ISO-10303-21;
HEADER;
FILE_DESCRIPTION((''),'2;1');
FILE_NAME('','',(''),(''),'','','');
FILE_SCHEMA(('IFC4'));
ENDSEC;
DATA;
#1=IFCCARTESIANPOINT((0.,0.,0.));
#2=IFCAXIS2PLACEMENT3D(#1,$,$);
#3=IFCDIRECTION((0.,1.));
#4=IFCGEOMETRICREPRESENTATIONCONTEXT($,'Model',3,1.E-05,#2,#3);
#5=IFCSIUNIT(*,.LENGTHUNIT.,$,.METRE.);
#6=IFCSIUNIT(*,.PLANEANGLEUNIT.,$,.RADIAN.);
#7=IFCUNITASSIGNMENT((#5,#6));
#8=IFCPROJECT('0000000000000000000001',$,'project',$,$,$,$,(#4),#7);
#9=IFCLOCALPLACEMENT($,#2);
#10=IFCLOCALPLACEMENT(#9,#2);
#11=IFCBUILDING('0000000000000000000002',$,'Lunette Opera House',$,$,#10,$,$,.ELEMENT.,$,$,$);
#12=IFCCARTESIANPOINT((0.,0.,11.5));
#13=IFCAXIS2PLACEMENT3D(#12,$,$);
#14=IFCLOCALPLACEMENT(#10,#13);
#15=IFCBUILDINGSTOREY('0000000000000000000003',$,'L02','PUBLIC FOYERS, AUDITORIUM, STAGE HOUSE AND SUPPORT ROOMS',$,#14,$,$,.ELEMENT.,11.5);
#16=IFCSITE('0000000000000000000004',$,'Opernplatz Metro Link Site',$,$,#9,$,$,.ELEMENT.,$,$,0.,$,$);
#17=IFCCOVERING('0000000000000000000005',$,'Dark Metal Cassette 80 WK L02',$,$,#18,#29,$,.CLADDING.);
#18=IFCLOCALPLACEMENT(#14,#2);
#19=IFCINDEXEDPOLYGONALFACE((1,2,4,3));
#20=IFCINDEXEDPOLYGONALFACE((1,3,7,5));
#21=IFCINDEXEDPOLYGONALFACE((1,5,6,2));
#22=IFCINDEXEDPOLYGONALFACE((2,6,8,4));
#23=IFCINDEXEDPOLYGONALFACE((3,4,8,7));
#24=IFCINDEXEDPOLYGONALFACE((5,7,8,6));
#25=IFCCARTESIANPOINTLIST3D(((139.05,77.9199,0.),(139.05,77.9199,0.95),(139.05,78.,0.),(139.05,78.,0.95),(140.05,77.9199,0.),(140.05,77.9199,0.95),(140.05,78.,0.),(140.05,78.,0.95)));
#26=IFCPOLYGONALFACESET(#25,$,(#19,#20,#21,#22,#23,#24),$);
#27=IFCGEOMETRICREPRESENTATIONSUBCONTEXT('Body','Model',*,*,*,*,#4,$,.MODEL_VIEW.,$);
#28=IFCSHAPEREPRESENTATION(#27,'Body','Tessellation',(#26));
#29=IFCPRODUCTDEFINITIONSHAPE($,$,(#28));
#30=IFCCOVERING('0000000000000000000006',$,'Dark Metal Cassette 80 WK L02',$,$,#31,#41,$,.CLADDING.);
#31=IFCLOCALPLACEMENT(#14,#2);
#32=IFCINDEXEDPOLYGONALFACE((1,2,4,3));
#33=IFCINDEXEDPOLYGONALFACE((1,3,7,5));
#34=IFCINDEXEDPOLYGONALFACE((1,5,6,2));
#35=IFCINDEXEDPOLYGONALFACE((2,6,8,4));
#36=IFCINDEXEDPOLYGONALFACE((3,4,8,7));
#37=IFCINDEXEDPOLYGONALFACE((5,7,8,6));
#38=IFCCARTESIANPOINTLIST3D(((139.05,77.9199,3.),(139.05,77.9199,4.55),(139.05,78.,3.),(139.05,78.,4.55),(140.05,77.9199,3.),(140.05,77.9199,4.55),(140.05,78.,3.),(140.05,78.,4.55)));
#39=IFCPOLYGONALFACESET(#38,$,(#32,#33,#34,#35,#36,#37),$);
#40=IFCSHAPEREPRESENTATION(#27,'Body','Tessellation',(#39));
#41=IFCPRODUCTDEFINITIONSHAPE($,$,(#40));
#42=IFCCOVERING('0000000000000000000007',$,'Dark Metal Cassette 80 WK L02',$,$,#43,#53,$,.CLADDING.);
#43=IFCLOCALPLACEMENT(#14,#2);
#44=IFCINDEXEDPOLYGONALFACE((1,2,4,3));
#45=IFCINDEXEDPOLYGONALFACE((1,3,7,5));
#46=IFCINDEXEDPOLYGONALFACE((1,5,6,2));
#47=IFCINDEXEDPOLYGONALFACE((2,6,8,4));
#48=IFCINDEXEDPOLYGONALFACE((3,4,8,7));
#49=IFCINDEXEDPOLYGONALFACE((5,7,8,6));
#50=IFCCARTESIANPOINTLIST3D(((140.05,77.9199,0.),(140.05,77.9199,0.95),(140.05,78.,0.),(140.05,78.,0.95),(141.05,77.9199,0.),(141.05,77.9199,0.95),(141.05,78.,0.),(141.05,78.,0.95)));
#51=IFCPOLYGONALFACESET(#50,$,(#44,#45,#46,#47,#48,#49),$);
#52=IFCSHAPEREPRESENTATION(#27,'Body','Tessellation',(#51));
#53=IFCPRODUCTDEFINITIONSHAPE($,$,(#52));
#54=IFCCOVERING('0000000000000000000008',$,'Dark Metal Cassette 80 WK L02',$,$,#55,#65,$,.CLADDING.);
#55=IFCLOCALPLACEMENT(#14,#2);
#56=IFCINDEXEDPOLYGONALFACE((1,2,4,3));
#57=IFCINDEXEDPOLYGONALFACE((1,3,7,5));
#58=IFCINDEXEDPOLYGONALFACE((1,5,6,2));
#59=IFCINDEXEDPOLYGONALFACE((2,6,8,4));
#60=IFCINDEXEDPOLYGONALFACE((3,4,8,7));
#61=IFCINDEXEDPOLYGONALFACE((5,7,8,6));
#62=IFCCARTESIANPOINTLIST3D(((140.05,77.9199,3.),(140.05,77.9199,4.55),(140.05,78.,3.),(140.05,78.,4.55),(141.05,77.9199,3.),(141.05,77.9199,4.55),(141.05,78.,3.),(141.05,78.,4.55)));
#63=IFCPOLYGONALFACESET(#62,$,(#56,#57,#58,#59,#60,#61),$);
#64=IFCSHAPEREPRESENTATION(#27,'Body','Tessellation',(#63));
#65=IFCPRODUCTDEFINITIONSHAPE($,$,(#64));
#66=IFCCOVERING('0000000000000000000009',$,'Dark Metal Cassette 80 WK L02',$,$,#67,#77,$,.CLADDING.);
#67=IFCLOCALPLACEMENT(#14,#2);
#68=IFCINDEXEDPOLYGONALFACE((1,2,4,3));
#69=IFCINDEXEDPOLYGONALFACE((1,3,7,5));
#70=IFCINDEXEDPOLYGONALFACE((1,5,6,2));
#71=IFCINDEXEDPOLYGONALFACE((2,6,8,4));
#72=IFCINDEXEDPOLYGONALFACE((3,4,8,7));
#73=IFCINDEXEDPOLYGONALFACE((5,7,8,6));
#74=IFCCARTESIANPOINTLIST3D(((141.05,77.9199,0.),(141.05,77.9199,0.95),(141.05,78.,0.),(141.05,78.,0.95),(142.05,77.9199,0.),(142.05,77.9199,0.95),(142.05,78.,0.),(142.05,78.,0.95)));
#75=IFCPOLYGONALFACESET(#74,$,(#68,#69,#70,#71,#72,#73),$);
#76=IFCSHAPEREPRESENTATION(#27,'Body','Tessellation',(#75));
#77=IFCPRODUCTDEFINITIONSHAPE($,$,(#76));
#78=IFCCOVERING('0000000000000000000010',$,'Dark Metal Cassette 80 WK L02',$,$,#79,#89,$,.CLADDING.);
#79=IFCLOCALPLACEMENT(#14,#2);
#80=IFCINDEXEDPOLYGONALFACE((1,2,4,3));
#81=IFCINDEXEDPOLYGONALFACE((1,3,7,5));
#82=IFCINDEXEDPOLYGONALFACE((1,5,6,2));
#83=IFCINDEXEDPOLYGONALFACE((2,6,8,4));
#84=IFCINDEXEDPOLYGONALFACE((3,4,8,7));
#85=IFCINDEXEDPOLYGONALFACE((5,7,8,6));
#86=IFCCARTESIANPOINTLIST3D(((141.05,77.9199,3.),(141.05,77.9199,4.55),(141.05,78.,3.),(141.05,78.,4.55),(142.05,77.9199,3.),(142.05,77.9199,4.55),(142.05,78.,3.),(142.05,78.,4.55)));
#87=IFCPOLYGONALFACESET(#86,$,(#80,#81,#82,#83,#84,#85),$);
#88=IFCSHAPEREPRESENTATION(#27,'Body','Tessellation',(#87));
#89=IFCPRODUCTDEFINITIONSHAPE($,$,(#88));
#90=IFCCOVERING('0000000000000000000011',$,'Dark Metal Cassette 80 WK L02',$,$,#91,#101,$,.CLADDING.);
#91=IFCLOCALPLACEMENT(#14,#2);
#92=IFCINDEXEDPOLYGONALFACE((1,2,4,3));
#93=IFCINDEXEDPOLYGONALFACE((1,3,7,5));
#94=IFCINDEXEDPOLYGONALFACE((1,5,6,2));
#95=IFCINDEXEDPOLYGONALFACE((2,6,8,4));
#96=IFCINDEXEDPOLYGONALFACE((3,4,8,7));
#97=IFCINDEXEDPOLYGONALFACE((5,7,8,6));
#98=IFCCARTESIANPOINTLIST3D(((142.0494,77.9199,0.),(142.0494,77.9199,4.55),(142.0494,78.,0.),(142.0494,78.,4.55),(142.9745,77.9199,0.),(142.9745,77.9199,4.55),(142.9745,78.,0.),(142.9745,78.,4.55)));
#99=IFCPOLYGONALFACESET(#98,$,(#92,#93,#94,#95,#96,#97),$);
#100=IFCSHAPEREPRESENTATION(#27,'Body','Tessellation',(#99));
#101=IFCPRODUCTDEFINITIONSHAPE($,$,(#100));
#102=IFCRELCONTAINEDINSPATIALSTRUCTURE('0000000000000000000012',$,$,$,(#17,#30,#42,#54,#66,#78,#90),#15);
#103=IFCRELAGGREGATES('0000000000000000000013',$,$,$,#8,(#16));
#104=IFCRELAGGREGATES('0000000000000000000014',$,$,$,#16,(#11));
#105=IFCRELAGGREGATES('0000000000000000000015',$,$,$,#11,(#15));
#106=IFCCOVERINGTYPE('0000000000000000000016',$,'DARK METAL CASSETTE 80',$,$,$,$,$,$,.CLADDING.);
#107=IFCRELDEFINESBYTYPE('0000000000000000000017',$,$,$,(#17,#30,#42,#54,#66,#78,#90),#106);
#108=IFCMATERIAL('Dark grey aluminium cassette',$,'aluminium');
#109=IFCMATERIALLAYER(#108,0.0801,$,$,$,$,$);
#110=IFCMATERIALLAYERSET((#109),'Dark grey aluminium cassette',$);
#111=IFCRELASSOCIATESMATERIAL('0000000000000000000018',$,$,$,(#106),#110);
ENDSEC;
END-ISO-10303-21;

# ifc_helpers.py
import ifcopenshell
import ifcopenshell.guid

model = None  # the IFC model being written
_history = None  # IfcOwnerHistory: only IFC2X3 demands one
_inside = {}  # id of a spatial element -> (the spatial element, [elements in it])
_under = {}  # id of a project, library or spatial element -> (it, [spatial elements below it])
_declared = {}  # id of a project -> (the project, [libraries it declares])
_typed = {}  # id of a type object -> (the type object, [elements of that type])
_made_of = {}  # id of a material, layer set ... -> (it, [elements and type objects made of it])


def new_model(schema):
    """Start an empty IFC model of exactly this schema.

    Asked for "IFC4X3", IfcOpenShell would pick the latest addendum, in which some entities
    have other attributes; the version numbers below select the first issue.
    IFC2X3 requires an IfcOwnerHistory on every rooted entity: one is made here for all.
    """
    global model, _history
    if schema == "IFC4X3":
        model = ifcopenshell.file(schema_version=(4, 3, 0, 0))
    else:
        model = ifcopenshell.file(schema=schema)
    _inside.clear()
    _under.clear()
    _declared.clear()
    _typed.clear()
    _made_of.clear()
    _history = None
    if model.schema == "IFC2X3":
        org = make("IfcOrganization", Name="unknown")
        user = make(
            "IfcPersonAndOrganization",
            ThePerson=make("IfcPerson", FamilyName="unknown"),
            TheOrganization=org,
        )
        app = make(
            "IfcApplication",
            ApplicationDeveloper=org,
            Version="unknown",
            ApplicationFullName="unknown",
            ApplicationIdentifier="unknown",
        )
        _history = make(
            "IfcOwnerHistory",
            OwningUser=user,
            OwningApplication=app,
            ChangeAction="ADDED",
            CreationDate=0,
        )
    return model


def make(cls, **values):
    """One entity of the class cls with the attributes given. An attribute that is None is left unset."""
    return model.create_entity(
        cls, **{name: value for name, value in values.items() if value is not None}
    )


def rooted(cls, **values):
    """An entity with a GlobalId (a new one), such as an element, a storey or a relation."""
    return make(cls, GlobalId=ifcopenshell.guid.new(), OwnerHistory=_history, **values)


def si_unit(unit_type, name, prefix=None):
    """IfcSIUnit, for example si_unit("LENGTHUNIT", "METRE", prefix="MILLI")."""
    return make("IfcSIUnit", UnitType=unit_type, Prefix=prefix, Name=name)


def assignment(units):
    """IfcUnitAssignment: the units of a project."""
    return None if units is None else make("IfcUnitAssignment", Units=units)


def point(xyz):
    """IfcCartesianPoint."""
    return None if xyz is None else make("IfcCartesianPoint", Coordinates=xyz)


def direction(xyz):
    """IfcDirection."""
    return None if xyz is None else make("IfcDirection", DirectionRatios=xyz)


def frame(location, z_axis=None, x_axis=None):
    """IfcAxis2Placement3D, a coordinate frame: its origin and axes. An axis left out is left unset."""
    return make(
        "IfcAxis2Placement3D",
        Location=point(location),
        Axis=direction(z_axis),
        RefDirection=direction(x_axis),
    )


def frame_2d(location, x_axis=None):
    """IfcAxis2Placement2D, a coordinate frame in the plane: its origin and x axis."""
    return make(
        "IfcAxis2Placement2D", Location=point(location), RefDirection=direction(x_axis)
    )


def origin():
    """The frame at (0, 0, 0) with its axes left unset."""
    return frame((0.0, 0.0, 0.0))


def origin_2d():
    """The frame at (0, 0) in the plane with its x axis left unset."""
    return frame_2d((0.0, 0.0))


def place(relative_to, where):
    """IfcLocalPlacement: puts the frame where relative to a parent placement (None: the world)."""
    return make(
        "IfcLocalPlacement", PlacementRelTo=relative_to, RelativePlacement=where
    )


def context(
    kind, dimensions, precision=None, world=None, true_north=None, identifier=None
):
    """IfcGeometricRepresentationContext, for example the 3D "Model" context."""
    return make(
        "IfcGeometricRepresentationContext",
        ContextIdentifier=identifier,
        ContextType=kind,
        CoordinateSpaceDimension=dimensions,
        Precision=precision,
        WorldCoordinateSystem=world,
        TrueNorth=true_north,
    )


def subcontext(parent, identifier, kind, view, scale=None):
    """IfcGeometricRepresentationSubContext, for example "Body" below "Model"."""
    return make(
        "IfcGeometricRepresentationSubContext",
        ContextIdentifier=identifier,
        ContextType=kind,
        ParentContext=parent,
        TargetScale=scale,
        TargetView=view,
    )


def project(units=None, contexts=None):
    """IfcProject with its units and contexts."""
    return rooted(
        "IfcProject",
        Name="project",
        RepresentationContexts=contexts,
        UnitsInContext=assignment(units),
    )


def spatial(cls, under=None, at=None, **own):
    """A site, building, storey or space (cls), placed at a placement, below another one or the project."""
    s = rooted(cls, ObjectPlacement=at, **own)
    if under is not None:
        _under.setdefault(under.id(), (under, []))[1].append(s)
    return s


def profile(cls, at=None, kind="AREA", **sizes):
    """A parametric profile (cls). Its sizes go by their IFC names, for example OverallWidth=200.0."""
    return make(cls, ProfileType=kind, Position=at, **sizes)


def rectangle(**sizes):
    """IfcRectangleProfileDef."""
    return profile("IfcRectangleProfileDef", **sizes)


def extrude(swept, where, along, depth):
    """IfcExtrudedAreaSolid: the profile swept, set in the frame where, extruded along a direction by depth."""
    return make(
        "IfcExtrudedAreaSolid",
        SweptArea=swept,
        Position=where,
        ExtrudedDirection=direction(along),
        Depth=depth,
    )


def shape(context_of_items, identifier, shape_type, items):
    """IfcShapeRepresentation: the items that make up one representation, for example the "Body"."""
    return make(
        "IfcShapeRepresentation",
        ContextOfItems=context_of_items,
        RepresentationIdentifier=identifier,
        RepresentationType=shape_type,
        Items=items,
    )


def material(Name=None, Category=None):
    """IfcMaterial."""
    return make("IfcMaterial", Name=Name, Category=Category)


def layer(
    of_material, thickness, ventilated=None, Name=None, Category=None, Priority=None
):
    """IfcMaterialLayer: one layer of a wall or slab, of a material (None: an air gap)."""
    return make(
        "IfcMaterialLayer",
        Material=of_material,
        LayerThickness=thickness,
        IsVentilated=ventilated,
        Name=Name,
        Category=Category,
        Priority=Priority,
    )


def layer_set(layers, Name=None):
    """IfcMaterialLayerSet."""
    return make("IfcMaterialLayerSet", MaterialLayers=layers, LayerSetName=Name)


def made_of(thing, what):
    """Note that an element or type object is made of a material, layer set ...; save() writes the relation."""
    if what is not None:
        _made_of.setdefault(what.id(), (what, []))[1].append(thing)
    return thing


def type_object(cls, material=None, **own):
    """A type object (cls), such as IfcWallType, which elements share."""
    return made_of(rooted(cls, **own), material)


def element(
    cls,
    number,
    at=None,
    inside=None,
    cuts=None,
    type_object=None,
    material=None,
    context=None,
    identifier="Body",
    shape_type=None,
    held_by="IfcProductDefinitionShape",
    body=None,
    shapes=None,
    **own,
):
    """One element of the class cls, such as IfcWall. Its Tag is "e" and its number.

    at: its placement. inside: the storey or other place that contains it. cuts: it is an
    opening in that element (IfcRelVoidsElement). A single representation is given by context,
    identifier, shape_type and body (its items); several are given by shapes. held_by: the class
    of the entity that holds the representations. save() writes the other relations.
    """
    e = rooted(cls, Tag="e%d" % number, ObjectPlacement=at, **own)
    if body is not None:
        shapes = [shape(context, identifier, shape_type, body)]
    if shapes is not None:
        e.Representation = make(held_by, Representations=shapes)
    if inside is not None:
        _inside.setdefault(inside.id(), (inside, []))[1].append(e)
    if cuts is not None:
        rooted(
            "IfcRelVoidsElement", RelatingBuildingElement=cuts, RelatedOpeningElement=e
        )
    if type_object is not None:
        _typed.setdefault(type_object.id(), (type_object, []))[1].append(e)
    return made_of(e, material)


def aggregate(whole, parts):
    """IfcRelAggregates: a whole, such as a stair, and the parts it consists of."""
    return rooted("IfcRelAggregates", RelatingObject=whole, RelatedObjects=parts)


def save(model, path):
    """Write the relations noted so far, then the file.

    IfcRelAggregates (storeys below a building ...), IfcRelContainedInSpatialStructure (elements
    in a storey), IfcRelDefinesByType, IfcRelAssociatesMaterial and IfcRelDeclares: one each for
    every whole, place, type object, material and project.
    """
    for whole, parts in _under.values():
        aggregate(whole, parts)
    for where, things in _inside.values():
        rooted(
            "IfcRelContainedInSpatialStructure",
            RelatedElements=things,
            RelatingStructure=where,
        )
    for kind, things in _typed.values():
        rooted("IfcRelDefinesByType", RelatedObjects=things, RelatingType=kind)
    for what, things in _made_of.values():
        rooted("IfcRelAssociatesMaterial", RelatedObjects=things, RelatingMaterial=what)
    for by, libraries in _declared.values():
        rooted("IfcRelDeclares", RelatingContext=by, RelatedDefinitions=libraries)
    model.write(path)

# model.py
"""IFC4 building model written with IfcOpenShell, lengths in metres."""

from ifc_helpers import new_model, si_unit, direction, frame, origin, origin_2d, place, context, subcontext, project, spatial, rectangle, extrude, material, layer, layer_set, type_object, element, save


model = new_model("IFC4")

# Units and contexts
model_context = context("Model", 3, precision=1e-05, world=origin(), true_north=direction((0.0, 1.0)))
body_context = subcontext(model_context, "Body", "Model", "MODEL_VIEW")
ifc_project = project(units=[si_unit("LENGTHUNIT", "METRE"), si_unit("PLANEANGLEUNIT", "RADIAN")], contexts=[model_context])

# Site, building, storey
site_placement = place(None, origin())
site = spatial("IfcSite", under=ifc_project, at=site_placement, Name="Opernplatz Metro Link Site", CompositionType="ELEMENT", RefElevation=0.0)
building_placement = place(site_placement, origin())
building = spatial("IfcBuilding", under=site, at=building_placement, Name="Lunette Opera House", CompositionType="ELEMENT")
storey_placement = place(building_placement, frame((0.0, 0.0, 11.5)))
storey = spatial("IfcBuildingStorey", under=building, at=storey_placement, Name="L02", Description="PUBLIC FOYERS, AUDITORIUM, STAGE HOUSE AND SUPPORT ROOMS", CompositionType="ELEMENT", Elevation=11.5)

# Coverings
ifc_material_1 = material(Name="Dark grey aluminium cassette", Category="aluminium")
ifc_layer_1 = layer(ifc_material_1, 0.0801)
ifc_layer_set_1 = layer_set([ifc_layer_1], Name="Dark grey aluminium cassette")
covering_type = type_object("IfcCoveringType", Name="DARK METAL CASSETTE 80", PredefinedType="CLADDING", material=ifc_layer_set_1)
covering_1_placement = place(storey_placement, frame((139.55, 77.96, 0.0), z_axis=(0.0, 0.0, 1.0), x_axis=(1.0, 0.0, 0.0)))
element("IfcCovering", 1, at=covering_1_placement, inside=storey, type_object=covering_type, Name="Dark Metal Cassette 80 WK L02", PredefinedType="CLADDING", context=body_context, shape_type="SweptSolid", body=[
    extrude(rectangle(XDim=1.0, YDim=0.0801, at=origin_2d()), origin(), (0.0, 0.0, 1.0), 0.95),
])
covering_2_placement = place(storey_placement, frame((139.55, 77.96, 3.0), z_axis=(0.0, 0.0, 1.0), x_axis=(1.0, 0.0, 0.0)))
element("IfcCovering", 2, at=covering_2_placement, inside=storey, type_object=covering_type, Name="Dark Metal Cassette 80 WK L02", PredefinedType="CLADDING", context=body_context, shape_type="SweptSolid", body=[
    extrude(rectangle(XDim=1.0, YDim=0.0801, at=origin_2d()), origin(), (0.0, 0.0, 1.0), 1.55),
])
covering_3_placement = place(storey_placement, frame((140.55, 77.96, 0.0), z_axis=(0.0, 0.0, 1.0), x_axis=(1.0, 0.0, 0.0)))
element("IfcCovering", 3, at=covering_3_placement, inside=storey, type_object=covering_type, Name="Dark Metal Cassette 80 WK L02", PredefinedType="CLADDING", context=body_context, shape_type="SweptSolid", body=[
    extrude(rectangle(XDim=1.0, YDim=0.0801, at=origin_2d()), origin(), (0.0, 0.0, 1.0), 0.95),
])
covering_4_placement = place(storey_placement, frame((140.55, 77.96, 3.0), z_axis=(0.0, 0.0, 1.0), x_axis=(1.0, 0.0, 0.0)))
element("IfcCovering", 4, at=covering_4_placement, inside=storey, type_object=covering_type, Name="Dark Metal Cassette 80 WK L02", PredefinedType="CLADDING", context=body_context, shape_type="SweptSolid", body=[
    extrude(rectangle(XDim=1.0, YDim=0.0801, at=origin_2d()), origin(), (0.0, 0.0, 1.0), 1.55),
])
covering_5_placement = place(storey_placement, frame((141.55, 77.96, 0.0), z_axis=(0.0, 0.0, 1.0), x_axis=(1.0, 0.0, 0.0)))
element("IfcCovering", 5, at=covering_5_placement, inside=storey, type_object=covering_type, Name="Dark Metal Cassette 80 WK L02", PredefinedType="CLADDING", context=body_context, shape_type="SweptSolid", body=[
    extrude(rectangle(XDim=1.0, YDim=0.0801, at=origin_2d()), origin(), (0.0, 0.0, 1.0), 0.95),
])
covering_6_placement = place(storey_placement, frame((141.55, 77.96, 3.0), z_axis=(0.0, 0.0, 1.0), x_axis=(1.0, 0.0, 0.0)))
element("IfcCovering", 6, at=covering_6_placement, inside=storey, type_object=covering_type, Name="Dark Metal Cassette 80 WK L02", PredefinedType="CLADDING", context=body_context, shape_type="SweptSolid", body=[
    extrude(rectangle(XDim=1.0, YDim=0.0801, at=origin_2d()), origin(), (0.0, 0.0, 1.0), 1.55),
])
covering_7_placement = place(storey_placement, frame((142.512, 77.96, 0.0), z_axis=(0.0, 0.0, 1.0), x_axis=(1.0, 0.0, 0.0)))
element("IfcCovering", 7, at=covering_7_placement, inside=storey, type_object=covering_type, Name="Dark Metal Cassette 80 WK L02", PredefinedType="CLADDING", context=body_context, shape_type="SweptSolid", body=[
    extrude(rectangle(XDim=0.925, YDim=0.0801, at=origin_2d()), origin(), (0.0, 0.0, 1.0), 4.55),
])

save(model, "model.ifc")
